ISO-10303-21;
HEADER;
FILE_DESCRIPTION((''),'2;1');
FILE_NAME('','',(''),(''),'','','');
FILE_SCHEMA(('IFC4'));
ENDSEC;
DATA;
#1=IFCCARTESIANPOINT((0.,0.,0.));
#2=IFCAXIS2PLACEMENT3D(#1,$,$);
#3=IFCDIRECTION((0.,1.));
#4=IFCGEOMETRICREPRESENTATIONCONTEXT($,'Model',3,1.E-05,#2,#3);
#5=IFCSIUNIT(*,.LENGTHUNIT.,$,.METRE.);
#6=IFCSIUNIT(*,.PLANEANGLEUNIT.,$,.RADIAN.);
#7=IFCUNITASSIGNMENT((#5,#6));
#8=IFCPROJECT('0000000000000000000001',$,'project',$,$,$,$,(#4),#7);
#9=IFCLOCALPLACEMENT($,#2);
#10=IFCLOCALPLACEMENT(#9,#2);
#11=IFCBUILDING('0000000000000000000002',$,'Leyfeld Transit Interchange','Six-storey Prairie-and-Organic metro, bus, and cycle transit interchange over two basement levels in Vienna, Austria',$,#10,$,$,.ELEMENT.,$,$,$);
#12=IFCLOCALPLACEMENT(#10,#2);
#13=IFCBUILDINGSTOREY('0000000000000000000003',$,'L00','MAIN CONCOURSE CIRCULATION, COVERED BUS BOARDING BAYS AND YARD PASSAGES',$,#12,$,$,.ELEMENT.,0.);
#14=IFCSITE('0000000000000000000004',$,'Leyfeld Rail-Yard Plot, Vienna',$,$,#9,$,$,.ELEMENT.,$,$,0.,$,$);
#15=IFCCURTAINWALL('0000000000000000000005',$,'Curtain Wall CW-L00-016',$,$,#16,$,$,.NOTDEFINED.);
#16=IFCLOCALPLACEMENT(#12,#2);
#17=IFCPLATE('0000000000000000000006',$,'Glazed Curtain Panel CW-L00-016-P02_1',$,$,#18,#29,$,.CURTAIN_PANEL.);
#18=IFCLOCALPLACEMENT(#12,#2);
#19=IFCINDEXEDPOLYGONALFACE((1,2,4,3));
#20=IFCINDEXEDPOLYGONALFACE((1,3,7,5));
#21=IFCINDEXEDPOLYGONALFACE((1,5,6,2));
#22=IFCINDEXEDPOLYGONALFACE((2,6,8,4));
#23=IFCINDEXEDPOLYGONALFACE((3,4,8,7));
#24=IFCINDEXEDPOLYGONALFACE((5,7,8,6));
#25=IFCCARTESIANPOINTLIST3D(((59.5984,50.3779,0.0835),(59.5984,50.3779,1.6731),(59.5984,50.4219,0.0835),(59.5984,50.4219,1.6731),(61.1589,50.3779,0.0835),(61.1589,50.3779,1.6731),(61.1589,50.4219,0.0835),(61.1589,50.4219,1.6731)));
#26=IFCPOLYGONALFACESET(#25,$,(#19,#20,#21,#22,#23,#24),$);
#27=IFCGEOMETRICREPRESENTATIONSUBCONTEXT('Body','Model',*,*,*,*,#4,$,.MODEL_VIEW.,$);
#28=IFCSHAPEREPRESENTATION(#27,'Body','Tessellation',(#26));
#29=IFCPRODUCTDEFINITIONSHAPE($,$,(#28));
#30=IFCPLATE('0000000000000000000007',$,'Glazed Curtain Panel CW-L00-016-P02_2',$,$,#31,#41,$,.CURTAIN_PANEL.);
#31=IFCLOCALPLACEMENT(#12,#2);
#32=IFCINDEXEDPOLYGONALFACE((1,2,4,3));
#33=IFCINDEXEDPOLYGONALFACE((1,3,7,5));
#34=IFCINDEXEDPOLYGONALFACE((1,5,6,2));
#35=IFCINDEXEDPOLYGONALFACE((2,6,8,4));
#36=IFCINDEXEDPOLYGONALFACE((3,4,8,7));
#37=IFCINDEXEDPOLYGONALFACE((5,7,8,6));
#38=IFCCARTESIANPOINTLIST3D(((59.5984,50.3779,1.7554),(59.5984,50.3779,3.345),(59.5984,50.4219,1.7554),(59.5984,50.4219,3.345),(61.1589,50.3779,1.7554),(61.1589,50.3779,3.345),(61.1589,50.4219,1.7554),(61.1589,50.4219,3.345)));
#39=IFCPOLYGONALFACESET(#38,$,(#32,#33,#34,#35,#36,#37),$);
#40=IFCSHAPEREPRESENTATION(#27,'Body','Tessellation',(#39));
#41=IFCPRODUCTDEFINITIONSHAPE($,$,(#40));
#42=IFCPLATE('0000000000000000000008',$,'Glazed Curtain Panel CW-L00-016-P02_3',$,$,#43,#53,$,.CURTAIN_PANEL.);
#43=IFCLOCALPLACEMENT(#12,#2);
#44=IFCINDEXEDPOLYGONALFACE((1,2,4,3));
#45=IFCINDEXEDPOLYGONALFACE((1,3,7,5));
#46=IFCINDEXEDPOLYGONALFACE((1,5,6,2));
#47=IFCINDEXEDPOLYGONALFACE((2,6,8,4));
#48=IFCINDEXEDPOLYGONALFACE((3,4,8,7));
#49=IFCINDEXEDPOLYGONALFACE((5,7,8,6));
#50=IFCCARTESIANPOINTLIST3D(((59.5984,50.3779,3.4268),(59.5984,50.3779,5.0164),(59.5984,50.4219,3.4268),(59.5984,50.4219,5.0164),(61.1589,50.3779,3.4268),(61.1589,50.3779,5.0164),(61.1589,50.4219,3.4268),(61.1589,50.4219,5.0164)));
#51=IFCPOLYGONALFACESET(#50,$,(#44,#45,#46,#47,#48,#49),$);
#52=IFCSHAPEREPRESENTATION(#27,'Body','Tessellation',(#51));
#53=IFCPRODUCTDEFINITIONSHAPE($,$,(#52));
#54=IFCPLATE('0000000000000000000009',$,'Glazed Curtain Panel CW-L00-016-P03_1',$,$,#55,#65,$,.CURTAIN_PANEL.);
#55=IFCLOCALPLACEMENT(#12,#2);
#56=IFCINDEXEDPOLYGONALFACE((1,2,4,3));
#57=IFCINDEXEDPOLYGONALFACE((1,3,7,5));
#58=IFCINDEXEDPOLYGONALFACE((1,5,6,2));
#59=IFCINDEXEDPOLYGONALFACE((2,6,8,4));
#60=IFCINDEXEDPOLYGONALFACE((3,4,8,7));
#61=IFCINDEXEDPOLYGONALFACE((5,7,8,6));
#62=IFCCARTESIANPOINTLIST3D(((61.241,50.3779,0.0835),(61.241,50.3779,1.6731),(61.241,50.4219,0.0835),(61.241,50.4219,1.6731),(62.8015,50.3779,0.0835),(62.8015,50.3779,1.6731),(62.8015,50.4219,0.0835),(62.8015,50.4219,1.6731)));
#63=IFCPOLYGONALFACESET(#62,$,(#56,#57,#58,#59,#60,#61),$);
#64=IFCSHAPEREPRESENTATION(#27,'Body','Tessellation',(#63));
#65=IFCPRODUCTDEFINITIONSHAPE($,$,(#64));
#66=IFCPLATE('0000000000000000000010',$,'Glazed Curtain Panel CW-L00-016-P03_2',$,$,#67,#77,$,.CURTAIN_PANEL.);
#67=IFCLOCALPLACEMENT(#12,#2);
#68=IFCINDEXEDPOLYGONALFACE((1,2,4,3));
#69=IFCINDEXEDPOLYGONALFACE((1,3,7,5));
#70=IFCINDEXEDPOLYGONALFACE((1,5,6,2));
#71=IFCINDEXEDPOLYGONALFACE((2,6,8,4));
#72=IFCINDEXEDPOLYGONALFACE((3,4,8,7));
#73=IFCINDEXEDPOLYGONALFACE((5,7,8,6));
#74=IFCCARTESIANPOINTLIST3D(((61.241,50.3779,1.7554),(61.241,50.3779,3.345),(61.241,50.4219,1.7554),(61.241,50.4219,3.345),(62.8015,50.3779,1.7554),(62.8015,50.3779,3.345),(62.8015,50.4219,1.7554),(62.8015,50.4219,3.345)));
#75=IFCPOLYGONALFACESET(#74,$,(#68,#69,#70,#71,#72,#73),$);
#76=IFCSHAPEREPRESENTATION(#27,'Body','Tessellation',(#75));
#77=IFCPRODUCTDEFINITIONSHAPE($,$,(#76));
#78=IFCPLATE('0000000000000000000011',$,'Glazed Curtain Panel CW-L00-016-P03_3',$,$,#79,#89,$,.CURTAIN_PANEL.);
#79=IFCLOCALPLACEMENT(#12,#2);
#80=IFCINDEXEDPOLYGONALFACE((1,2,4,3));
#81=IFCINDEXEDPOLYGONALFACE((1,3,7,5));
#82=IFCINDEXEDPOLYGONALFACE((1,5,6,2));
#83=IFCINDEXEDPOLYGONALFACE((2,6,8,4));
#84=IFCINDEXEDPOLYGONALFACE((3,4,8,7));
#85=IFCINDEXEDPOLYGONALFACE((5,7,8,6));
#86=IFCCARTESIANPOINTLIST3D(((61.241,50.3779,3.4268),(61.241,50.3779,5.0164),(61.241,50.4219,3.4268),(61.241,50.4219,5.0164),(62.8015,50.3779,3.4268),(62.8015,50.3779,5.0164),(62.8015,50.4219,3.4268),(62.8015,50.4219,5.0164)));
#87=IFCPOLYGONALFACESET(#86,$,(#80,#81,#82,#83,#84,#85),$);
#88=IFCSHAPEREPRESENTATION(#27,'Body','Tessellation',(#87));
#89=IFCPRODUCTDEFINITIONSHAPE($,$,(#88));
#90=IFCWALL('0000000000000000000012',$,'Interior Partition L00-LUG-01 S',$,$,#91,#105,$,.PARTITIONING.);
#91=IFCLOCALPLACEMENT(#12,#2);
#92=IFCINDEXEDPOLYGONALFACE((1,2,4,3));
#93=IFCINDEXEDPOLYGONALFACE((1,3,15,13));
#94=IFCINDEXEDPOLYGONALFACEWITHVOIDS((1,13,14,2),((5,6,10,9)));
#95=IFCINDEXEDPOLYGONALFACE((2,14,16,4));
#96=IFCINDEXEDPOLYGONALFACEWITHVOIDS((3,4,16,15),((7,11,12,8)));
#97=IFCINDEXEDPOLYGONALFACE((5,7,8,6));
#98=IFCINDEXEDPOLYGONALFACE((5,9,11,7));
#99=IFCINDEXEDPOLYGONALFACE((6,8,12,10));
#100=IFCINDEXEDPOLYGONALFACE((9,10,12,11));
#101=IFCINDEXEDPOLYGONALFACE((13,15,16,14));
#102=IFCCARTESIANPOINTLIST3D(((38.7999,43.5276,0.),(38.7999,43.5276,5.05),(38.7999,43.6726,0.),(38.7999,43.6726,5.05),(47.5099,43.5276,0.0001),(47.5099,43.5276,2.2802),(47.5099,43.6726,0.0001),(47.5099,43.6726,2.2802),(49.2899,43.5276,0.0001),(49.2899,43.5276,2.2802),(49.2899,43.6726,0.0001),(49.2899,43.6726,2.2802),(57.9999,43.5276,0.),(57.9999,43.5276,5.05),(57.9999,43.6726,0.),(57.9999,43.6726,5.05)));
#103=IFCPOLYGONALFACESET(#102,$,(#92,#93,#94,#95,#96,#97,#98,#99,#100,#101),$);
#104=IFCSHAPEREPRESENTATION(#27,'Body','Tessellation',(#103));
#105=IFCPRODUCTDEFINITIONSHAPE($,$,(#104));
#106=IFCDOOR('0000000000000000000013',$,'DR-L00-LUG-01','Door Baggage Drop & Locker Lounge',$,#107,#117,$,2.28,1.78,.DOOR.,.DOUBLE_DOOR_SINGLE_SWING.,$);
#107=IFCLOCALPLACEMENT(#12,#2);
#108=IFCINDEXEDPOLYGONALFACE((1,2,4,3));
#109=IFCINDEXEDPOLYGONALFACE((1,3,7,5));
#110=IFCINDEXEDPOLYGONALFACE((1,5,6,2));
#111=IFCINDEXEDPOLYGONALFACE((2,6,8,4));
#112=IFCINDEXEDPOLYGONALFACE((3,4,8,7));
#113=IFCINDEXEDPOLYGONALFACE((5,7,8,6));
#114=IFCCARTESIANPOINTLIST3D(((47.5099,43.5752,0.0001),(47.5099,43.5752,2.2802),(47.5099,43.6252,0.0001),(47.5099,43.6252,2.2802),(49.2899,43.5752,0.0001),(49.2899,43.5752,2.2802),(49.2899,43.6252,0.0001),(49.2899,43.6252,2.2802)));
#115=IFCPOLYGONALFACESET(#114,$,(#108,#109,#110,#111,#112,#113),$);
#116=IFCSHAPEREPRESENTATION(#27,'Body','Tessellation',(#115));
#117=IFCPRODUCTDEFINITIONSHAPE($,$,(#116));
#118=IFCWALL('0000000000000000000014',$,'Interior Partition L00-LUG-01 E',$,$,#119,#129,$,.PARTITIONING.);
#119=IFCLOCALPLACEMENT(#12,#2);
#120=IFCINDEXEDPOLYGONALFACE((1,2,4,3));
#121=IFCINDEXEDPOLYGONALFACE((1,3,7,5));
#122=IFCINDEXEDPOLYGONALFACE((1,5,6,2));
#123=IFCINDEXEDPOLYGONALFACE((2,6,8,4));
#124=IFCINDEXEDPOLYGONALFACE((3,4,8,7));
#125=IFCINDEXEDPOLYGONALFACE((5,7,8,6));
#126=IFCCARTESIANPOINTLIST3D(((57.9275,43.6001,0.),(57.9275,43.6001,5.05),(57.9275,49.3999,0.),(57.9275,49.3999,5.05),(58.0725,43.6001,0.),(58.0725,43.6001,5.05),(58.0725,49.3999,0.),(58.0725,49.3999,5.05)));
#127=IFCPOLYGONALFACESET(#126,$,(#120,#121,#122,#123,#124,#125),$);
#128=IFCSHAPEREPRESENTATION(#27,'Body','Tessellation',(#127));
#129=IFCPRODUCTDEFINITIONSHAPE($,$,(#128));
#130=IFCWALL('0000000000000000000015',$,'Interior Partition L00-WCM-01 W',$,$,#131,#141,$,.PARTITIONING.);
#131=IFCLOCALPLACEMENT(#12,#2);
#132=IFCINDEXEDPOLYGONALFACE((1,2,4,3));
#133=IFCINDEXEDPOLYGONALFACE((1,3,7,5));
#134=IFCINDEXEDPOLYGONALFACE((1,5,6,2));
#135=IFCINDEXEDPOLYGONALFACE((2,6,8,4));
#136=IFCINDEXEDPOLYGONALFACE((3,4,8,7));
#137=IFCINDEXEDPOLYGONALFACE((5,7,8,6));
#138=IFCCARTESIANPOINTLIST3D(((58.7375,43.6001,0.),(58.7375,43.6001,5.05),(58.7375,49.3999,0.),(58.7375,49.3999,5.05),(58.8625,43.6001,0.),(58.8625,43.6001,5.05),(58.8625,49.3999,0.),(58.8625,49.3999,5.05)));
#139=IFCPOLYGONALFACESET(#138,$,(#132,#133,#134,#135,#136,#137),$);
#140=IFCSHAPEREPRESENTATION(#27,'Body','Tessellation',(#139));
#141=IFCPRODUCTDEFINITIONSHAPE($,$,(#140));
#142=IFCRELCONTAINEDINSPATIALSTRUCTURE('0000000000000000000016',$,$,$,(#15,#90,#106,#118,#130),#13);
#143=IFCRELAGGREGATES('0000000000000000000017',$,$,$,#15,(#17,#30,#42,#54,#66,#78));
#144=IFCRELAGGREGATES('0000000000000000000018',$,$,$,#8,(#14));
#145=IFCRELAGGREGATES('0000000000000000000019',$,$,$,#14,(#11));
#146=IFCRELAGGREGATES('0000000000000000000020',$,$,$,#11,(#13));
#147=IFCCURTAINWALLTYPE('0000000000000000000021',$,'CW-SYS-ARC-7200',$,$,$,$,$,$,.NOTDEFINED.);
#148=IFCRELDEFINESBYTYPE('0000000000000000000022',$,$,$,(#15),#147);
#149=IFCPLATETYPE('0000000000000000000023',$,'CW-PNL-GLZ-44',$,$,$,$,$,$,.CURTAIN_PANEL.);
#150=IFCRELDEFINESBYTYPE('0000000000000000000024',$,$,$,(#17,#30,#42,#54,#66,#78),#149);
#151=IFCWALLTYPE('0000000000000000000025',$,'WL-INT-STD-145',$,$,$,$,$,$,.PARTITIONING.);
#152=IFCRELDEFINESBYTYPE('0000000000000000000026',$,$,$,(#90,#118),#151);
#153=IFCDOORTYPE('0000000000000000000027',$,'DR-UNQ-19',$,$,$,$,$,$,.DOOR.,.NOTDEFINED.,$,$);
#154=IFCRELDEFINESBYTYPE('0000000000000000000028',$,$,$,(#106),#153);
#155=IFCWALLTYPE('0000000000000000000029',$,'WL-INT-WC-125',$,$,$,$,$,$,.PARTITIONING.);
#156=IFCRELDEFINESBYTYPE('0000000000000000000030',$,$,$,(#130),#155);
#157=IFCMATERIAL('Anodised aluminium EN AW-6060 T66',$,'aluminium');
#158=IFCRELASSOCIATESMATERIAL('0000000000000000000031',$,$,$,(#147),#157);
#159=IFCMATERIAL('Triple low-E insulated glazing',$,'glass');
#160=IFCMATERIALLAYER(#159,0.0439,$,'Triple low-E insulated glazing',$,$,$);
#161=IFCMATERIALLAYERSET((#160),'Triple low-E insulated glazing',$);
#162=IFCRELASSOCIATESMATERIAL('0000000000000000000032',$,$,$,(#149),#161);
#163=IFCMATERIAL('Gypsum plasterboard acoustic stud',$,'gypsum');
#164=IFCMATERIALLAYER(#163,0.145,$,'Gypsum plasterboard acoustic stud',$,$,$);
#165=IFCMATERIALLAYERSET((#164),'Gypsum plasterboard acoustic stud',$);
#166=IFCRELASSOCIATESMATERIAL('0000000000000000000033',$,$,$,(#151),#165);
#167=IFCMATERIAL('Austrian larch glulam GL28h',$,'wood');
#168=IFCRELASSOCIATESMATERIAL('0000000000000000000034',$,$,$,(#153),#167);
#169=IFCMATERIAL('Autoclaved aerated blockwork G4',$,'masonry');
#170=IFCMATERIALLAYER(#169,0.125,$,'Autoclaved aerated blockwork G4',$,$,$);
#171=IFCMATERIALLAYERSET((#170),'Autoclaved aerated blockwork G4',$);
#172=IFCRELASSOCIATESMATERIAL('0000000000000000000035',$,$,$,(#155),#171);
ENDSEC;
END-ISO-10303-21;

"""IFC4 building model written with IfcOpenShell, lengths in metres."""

from ifc_helpers import new_model, si_unit, direction, frame, frame_2d, origin, origin_2d, place, context, subcontext, project, spatial, rectangle, extrude, material, layer, layer_set, type_object, element, fill, aggregate, save


model = new_model("IFC4")

# Units and contexts
model_context = context("Model", 3, precision=1e-05, world=origin(), true_north=direction((0.0, 1.0)))
body_context = subcontext(model_context, "Body", "Model", "MODEL_VIEW")
ifc_project = project(units=[si_unit("LENGTHUNIT", "METRE"), si_unit("PLANEANGLEUNIT", "RADIAN")], contexts=[model_context])

# Site, building, storey
site_placement = place(None, origin())
site = spatial("IfcSite", under=ifc_project, at=site_placement, Name="Leyfeld Rail-Yard Plot, Vienna", CompositionType="ELEMENT", RefElevation=0.0)
building_placement = place(site_placement, origin())
building = spatial("IfcBuilding", under=site, at=building_placement, Name="Leyfeld Transit Interchange", Description="Six-storey Prairie-and-Organic metro, bus, and cycle transit interchange over two basement levels in Vienna, Austria", CompositionType="ELEMENT")
storey_placement = place(building_placement, origin())
storey = spatial("IfcBuildingStorey", under=building, at=storey_placement, Name="L00", Description="MAIN CONCOURSE CIRCULATION, COVERED BUS BOARDING BAYS AND YARD PASSAGES", CompositionType="ELEMENT", Elevation=0.0)

# Shared definitions
ifc_material_1 = material(Name="Anodised aluminium EN AW-6060 T66", Category="aluminium")
curtain_wall_type = type_object("IfcCurtainWallType", Name="CW-SYS-ARC-7200", PredefinedType="NOTDEFINED", material=ifc_material_1)

# Curtain wall
curtain_wall_1_placement = place(storey_placement, origin())
curtain_wall_1 = element("IfcCurtainWall", 1, at=curtain_wall_1_placement, inside=storey, type_object=curtain_wall_type, Name="Curtain Wall CW-L00-016", PredefinedType="NOTDEFINED")

# Plates
ifc_material_2 = material(Name="Triple low-E insulated glazing", Category="glass")
ifc_layer_1 = layer(ifc_material_2, 0.0439, Name="Triple low-E insulated glazing")
ifc_layer_set_1 = layer_set([ifc_layer_1], Name="Triple low-E insulated glazing")
plate_type = type_object("IfcPlateType", Name="CW-PNL-GLZ-44", PredefinedType="CURTAIN_PANEL", material=ifc_layer_set_1)
plate_1_placement = place(storey_placement, frame((60.3787, 50.3999, 0.0835), z_axis=(0.0, 0.0, 1.0), x_axis=(1.0, 0.0, 0.0)))
plate_1 = element("IfcPlate", 2, at=plate_1_placement, type_object=plate_type, Name="Glazed Curtain Panel CW-L00-016-P02_1", PredefinedType="CURTAIN_PANEL", context=body_context, shape_type="SweptSolid", body=[
    extrude(rectangle(XDim=1.5605, YDim=0.0439, at=origin_2d()), origin(), (0.0, 0.0, 1.0), 1.5896),
])
plate_2_placement = place(storey_placement, frame((60.3787, 50.3999, 1.7554), z_axis=(0.0, 0.0, 1.0), x_axis=(1.0, 0.0, 0.0)))
plate_2 = element("IfcPlate", 3, at=plate_2_placement, type_object=plate_type, Name="Glazed Curtain Panel CW-L00-016-P02_2", PredefinedType="CURTAIN_PANEL", context=body_context, shape_type="SweptSolid", body=[
    extrude(rectangle(XDim=1.5605, YDim=0.0439, at=origin_2d()), origin(), (0.0, 0.0, 1.0), 1.5896),
])
plate_3_placement = place(storey_placement, frame((60.3787, 50.3999, 3.4268), z_axis=(0.0, 0.0, 1.0), x_axis=(1.0, 0.0, 0.0)))
plate_3 = element("IfcPlate", 4, at=plate_3_placement, type_object=plate_type, Name="Glazed Curtain Panel CW-L00-016-P02_3", PredefinedType="CURTAIN_PANEL", context=body_context, shape_type="SweptSolid", body=[
    extrude(rectangle(XDim=1.5605, YDim=0.0439, at=origin_2d()), origin(), (0.0, 0.0, 1.0), 1.5896),
])
plate_4_placement = place(storey_placement, frame((62.0212, 50.3999, 0.0835), z_axis=(0.0, 0.0, 1.0), x_axis=(1.0, 0.0, 0.0)))
plate_4 = element("IfcPlate", 5, at=plate_4_placement, type_object=plate_type, Name="Glazed Curtain Panel CW-L00-016-P03_1", PredefinedType="CURTAIN_PANEL", context=body_context, shape_type="SweptSolid", body=[
    extrude(rectangle(XDim=1.5605, YDim=0.0439, at=origin_2d()), origin(), (0.0, 0.0, 1.0), 1.5896),
])
plate_5_placement = place(storey_placement, frame((62.0212, 50.3999, 1.7554), z_axis=(0.0, 0.0, 1.0), x_axis=(1.0, 0.0, 0.0)))
plate_5 = element("IfcPlate", 6, at=plate_5_placement, type_object=plate_type, Name="Glazed Curtain Panel CW-L00-016-P03_2", PredefinedType="CURTAIN_PANEL", context=body_context, shape_type="SweptSolid", body=[
    extrude(rectangle(XDim=1.5605, YDim=0.0439, at=origin_2d()), origin(), (0.0, 0.0, 1.0), 1.5896),
])
plate_6_placement = place(storey_placement, frame((62.0212, 50.3999, 3.4268), z_axis=(0.0, 0.0, 1.0), x_axis=(1.0, 0.0, 0.0)))
plate_6 = element("IfcPlate", 7, at=plate_6_placement, type_object=plate_type, Name="Glazed Curtain Panel CW-L00-016-P03_3", PredefinedType="CURTAIN_PANEL", context=body_context, shape_type="SweptSolid", body=[
    extrude(rectangle(XDim=1.5605, YDim=0.0439, at=origin_2d()), origin(), (0.0, 0.0, 1.0), 1.5896),
])
aggregate(curtain_wall_1, [plate_1, plate_2, plate_3, plate_4, plate_5, plate_6])

# Wall, opening, door
ifc_material_3 = material(Name="Gypsum plasterboard acoustic stud", Category="gypsum")
ifc_layer_2 = layer(ifc_material_3, 0.145, Name="Gypsum plasterboard acoustic stud")
ifc_layer_set_2 = layer_set([ifc_layer_2], Name="Gypsum plasterboard acoustic stud")
wall_type_1 = type_object("IfcWallType", Name="WL-INT-STD-145", PredefinedType="PARTITIONING", material=ifc_layer_set_2)
wall_1_placement = place(storey_placement, frame((58.0, 43.6001, 0.0), z_axis=(0.0, 0.0, 1.0), x_axis=(-1.0, 0.0, 0.0)))
wall_1 = element("IfcWall", 8, at=wall_1_placement, inside=storey, type_object=wall_type_1, Name="Interior Partition L00-LUG-01 S", PredefinedType="PARTITIONING", context=body_context, shape_type="SweptSolid", body=[
    extrude(rectangle(XDim=19.2, YDim=0.145, at=frame_2d((9.6001, 0.0))), origin(), (0.0, 0.0, 1.0), 5.05),
])
opening_placement = place(wall_1_placement, frame((8.71, 0.0, 0.0)))
opening = element("IfcOpeningElement", 9, at=opening_placement, cuts=wall_1, PredefinedType="OPENING", context=body_context, shape_type="SweptSolid", body=[
    extrude(rectangle(XDim=1.78, YDim=2.28, at=frame_2d((0.8901, 1.1401))), frame((0.0, 0.0825, 0.0), z_axis=(0.0, -1.0, 0.0), x_axis=(1.0, 0.0, 0.0)), (0.0, 0.0, 1.0), 0.165),
])
ifc_material_4 = material(Name="Austrian larch glulam GL28h", Category="wood")
door_type = type_object("IfcDoorType", Name="DR-UNQ-19", OperationType="NOTDEFINED", PredefinedType="DOOR", material=ifc_material_4)
door_placement = place(opening_placement, origin())
door = element("IfcDoor", 10, at=door_placement, inside=storey, type_object=door_type, Name="DR-L00-LUG-01", Description="Door Baggage Drop & Locker Lounge", OperationType="DOUBLE_DOOR_SINGLE_SWING", OverallHeight=2.28, OverallWidth=1.78, PredefinedType="DOOR", context=body_context, shape_type="SweptSolid", body=[
    extrude(rectangle(XDim=1.78, YDim=2.28, at=frame_2d((0.8901, 1.1401))), frame((0.0, 0.0249, 0.0), z_axis=(0.0, -1.0, 0.0), x_axis=(1.0, 0.0, 0.0)), (0.0, 0.0, 1.0), 0.05),
])
fill(opening, door)

# Walls
wall_2_placement = place(storey_placement, frame((58.0, 49.3999, 0.0), z_axis=(0.0, 0.0, 1.0), x_axis=(0.0, -1.0, 0.0)))
element("IfcWall", 11, at=wall_2_placement, inside=storey, type_object=wall_type_1, Name="Interior Partition L00-LUG-01 E", PredefinedType="PARTITIONING", context=body_context, shape_type="SweptSolid", body=[
    extrude(rectangle(XDim=5.7998, YDim=0.145, at=frame_2d((2.8999, 0.0))), origin(), (0.0, 0.0, 1.0), 5.05),
])
ifc_material_5 = material(Name="Autoclaved aerated blockwork G4", Category="masonry")
ifc_layer_3 = layer(ifc_material_5, 0.125, Name="Autoclaved aerated blockwork G4")
ifc_layer_set_3 = layer_set([ifc_layer_3], Name="Autoclaved aerated blockwork G4")
wall_type_2 = type_object("IfcWallType", Name="WL-INT-WC-125", PredefinedType="PARTITIONING", material=ifc_layer_set_3)
wall_3_placement = place(storey_placement, frame((58.8, 43.6001, 0.0), z_axis=(0.0, 0.0, 1.0), x_axis=(0.0, 1.0, 0.0)))
element("IfcWall", 12, at=wall_3_placement, inside=storey, type_object=wall_type_2, Name="Interior Partition L00-WCM-01 W", PredefinedType="PARTITIONING", context=body_context, shape_type="SweptSolid", body=[
    extrude(rectangle(XDim=5.7998, YDim=0.125, at=frame_2d((2.8999, 0.0))), origin(), (0.0, 0.0, 1.0), 5.05),
])

save(model, "model.ifc")
